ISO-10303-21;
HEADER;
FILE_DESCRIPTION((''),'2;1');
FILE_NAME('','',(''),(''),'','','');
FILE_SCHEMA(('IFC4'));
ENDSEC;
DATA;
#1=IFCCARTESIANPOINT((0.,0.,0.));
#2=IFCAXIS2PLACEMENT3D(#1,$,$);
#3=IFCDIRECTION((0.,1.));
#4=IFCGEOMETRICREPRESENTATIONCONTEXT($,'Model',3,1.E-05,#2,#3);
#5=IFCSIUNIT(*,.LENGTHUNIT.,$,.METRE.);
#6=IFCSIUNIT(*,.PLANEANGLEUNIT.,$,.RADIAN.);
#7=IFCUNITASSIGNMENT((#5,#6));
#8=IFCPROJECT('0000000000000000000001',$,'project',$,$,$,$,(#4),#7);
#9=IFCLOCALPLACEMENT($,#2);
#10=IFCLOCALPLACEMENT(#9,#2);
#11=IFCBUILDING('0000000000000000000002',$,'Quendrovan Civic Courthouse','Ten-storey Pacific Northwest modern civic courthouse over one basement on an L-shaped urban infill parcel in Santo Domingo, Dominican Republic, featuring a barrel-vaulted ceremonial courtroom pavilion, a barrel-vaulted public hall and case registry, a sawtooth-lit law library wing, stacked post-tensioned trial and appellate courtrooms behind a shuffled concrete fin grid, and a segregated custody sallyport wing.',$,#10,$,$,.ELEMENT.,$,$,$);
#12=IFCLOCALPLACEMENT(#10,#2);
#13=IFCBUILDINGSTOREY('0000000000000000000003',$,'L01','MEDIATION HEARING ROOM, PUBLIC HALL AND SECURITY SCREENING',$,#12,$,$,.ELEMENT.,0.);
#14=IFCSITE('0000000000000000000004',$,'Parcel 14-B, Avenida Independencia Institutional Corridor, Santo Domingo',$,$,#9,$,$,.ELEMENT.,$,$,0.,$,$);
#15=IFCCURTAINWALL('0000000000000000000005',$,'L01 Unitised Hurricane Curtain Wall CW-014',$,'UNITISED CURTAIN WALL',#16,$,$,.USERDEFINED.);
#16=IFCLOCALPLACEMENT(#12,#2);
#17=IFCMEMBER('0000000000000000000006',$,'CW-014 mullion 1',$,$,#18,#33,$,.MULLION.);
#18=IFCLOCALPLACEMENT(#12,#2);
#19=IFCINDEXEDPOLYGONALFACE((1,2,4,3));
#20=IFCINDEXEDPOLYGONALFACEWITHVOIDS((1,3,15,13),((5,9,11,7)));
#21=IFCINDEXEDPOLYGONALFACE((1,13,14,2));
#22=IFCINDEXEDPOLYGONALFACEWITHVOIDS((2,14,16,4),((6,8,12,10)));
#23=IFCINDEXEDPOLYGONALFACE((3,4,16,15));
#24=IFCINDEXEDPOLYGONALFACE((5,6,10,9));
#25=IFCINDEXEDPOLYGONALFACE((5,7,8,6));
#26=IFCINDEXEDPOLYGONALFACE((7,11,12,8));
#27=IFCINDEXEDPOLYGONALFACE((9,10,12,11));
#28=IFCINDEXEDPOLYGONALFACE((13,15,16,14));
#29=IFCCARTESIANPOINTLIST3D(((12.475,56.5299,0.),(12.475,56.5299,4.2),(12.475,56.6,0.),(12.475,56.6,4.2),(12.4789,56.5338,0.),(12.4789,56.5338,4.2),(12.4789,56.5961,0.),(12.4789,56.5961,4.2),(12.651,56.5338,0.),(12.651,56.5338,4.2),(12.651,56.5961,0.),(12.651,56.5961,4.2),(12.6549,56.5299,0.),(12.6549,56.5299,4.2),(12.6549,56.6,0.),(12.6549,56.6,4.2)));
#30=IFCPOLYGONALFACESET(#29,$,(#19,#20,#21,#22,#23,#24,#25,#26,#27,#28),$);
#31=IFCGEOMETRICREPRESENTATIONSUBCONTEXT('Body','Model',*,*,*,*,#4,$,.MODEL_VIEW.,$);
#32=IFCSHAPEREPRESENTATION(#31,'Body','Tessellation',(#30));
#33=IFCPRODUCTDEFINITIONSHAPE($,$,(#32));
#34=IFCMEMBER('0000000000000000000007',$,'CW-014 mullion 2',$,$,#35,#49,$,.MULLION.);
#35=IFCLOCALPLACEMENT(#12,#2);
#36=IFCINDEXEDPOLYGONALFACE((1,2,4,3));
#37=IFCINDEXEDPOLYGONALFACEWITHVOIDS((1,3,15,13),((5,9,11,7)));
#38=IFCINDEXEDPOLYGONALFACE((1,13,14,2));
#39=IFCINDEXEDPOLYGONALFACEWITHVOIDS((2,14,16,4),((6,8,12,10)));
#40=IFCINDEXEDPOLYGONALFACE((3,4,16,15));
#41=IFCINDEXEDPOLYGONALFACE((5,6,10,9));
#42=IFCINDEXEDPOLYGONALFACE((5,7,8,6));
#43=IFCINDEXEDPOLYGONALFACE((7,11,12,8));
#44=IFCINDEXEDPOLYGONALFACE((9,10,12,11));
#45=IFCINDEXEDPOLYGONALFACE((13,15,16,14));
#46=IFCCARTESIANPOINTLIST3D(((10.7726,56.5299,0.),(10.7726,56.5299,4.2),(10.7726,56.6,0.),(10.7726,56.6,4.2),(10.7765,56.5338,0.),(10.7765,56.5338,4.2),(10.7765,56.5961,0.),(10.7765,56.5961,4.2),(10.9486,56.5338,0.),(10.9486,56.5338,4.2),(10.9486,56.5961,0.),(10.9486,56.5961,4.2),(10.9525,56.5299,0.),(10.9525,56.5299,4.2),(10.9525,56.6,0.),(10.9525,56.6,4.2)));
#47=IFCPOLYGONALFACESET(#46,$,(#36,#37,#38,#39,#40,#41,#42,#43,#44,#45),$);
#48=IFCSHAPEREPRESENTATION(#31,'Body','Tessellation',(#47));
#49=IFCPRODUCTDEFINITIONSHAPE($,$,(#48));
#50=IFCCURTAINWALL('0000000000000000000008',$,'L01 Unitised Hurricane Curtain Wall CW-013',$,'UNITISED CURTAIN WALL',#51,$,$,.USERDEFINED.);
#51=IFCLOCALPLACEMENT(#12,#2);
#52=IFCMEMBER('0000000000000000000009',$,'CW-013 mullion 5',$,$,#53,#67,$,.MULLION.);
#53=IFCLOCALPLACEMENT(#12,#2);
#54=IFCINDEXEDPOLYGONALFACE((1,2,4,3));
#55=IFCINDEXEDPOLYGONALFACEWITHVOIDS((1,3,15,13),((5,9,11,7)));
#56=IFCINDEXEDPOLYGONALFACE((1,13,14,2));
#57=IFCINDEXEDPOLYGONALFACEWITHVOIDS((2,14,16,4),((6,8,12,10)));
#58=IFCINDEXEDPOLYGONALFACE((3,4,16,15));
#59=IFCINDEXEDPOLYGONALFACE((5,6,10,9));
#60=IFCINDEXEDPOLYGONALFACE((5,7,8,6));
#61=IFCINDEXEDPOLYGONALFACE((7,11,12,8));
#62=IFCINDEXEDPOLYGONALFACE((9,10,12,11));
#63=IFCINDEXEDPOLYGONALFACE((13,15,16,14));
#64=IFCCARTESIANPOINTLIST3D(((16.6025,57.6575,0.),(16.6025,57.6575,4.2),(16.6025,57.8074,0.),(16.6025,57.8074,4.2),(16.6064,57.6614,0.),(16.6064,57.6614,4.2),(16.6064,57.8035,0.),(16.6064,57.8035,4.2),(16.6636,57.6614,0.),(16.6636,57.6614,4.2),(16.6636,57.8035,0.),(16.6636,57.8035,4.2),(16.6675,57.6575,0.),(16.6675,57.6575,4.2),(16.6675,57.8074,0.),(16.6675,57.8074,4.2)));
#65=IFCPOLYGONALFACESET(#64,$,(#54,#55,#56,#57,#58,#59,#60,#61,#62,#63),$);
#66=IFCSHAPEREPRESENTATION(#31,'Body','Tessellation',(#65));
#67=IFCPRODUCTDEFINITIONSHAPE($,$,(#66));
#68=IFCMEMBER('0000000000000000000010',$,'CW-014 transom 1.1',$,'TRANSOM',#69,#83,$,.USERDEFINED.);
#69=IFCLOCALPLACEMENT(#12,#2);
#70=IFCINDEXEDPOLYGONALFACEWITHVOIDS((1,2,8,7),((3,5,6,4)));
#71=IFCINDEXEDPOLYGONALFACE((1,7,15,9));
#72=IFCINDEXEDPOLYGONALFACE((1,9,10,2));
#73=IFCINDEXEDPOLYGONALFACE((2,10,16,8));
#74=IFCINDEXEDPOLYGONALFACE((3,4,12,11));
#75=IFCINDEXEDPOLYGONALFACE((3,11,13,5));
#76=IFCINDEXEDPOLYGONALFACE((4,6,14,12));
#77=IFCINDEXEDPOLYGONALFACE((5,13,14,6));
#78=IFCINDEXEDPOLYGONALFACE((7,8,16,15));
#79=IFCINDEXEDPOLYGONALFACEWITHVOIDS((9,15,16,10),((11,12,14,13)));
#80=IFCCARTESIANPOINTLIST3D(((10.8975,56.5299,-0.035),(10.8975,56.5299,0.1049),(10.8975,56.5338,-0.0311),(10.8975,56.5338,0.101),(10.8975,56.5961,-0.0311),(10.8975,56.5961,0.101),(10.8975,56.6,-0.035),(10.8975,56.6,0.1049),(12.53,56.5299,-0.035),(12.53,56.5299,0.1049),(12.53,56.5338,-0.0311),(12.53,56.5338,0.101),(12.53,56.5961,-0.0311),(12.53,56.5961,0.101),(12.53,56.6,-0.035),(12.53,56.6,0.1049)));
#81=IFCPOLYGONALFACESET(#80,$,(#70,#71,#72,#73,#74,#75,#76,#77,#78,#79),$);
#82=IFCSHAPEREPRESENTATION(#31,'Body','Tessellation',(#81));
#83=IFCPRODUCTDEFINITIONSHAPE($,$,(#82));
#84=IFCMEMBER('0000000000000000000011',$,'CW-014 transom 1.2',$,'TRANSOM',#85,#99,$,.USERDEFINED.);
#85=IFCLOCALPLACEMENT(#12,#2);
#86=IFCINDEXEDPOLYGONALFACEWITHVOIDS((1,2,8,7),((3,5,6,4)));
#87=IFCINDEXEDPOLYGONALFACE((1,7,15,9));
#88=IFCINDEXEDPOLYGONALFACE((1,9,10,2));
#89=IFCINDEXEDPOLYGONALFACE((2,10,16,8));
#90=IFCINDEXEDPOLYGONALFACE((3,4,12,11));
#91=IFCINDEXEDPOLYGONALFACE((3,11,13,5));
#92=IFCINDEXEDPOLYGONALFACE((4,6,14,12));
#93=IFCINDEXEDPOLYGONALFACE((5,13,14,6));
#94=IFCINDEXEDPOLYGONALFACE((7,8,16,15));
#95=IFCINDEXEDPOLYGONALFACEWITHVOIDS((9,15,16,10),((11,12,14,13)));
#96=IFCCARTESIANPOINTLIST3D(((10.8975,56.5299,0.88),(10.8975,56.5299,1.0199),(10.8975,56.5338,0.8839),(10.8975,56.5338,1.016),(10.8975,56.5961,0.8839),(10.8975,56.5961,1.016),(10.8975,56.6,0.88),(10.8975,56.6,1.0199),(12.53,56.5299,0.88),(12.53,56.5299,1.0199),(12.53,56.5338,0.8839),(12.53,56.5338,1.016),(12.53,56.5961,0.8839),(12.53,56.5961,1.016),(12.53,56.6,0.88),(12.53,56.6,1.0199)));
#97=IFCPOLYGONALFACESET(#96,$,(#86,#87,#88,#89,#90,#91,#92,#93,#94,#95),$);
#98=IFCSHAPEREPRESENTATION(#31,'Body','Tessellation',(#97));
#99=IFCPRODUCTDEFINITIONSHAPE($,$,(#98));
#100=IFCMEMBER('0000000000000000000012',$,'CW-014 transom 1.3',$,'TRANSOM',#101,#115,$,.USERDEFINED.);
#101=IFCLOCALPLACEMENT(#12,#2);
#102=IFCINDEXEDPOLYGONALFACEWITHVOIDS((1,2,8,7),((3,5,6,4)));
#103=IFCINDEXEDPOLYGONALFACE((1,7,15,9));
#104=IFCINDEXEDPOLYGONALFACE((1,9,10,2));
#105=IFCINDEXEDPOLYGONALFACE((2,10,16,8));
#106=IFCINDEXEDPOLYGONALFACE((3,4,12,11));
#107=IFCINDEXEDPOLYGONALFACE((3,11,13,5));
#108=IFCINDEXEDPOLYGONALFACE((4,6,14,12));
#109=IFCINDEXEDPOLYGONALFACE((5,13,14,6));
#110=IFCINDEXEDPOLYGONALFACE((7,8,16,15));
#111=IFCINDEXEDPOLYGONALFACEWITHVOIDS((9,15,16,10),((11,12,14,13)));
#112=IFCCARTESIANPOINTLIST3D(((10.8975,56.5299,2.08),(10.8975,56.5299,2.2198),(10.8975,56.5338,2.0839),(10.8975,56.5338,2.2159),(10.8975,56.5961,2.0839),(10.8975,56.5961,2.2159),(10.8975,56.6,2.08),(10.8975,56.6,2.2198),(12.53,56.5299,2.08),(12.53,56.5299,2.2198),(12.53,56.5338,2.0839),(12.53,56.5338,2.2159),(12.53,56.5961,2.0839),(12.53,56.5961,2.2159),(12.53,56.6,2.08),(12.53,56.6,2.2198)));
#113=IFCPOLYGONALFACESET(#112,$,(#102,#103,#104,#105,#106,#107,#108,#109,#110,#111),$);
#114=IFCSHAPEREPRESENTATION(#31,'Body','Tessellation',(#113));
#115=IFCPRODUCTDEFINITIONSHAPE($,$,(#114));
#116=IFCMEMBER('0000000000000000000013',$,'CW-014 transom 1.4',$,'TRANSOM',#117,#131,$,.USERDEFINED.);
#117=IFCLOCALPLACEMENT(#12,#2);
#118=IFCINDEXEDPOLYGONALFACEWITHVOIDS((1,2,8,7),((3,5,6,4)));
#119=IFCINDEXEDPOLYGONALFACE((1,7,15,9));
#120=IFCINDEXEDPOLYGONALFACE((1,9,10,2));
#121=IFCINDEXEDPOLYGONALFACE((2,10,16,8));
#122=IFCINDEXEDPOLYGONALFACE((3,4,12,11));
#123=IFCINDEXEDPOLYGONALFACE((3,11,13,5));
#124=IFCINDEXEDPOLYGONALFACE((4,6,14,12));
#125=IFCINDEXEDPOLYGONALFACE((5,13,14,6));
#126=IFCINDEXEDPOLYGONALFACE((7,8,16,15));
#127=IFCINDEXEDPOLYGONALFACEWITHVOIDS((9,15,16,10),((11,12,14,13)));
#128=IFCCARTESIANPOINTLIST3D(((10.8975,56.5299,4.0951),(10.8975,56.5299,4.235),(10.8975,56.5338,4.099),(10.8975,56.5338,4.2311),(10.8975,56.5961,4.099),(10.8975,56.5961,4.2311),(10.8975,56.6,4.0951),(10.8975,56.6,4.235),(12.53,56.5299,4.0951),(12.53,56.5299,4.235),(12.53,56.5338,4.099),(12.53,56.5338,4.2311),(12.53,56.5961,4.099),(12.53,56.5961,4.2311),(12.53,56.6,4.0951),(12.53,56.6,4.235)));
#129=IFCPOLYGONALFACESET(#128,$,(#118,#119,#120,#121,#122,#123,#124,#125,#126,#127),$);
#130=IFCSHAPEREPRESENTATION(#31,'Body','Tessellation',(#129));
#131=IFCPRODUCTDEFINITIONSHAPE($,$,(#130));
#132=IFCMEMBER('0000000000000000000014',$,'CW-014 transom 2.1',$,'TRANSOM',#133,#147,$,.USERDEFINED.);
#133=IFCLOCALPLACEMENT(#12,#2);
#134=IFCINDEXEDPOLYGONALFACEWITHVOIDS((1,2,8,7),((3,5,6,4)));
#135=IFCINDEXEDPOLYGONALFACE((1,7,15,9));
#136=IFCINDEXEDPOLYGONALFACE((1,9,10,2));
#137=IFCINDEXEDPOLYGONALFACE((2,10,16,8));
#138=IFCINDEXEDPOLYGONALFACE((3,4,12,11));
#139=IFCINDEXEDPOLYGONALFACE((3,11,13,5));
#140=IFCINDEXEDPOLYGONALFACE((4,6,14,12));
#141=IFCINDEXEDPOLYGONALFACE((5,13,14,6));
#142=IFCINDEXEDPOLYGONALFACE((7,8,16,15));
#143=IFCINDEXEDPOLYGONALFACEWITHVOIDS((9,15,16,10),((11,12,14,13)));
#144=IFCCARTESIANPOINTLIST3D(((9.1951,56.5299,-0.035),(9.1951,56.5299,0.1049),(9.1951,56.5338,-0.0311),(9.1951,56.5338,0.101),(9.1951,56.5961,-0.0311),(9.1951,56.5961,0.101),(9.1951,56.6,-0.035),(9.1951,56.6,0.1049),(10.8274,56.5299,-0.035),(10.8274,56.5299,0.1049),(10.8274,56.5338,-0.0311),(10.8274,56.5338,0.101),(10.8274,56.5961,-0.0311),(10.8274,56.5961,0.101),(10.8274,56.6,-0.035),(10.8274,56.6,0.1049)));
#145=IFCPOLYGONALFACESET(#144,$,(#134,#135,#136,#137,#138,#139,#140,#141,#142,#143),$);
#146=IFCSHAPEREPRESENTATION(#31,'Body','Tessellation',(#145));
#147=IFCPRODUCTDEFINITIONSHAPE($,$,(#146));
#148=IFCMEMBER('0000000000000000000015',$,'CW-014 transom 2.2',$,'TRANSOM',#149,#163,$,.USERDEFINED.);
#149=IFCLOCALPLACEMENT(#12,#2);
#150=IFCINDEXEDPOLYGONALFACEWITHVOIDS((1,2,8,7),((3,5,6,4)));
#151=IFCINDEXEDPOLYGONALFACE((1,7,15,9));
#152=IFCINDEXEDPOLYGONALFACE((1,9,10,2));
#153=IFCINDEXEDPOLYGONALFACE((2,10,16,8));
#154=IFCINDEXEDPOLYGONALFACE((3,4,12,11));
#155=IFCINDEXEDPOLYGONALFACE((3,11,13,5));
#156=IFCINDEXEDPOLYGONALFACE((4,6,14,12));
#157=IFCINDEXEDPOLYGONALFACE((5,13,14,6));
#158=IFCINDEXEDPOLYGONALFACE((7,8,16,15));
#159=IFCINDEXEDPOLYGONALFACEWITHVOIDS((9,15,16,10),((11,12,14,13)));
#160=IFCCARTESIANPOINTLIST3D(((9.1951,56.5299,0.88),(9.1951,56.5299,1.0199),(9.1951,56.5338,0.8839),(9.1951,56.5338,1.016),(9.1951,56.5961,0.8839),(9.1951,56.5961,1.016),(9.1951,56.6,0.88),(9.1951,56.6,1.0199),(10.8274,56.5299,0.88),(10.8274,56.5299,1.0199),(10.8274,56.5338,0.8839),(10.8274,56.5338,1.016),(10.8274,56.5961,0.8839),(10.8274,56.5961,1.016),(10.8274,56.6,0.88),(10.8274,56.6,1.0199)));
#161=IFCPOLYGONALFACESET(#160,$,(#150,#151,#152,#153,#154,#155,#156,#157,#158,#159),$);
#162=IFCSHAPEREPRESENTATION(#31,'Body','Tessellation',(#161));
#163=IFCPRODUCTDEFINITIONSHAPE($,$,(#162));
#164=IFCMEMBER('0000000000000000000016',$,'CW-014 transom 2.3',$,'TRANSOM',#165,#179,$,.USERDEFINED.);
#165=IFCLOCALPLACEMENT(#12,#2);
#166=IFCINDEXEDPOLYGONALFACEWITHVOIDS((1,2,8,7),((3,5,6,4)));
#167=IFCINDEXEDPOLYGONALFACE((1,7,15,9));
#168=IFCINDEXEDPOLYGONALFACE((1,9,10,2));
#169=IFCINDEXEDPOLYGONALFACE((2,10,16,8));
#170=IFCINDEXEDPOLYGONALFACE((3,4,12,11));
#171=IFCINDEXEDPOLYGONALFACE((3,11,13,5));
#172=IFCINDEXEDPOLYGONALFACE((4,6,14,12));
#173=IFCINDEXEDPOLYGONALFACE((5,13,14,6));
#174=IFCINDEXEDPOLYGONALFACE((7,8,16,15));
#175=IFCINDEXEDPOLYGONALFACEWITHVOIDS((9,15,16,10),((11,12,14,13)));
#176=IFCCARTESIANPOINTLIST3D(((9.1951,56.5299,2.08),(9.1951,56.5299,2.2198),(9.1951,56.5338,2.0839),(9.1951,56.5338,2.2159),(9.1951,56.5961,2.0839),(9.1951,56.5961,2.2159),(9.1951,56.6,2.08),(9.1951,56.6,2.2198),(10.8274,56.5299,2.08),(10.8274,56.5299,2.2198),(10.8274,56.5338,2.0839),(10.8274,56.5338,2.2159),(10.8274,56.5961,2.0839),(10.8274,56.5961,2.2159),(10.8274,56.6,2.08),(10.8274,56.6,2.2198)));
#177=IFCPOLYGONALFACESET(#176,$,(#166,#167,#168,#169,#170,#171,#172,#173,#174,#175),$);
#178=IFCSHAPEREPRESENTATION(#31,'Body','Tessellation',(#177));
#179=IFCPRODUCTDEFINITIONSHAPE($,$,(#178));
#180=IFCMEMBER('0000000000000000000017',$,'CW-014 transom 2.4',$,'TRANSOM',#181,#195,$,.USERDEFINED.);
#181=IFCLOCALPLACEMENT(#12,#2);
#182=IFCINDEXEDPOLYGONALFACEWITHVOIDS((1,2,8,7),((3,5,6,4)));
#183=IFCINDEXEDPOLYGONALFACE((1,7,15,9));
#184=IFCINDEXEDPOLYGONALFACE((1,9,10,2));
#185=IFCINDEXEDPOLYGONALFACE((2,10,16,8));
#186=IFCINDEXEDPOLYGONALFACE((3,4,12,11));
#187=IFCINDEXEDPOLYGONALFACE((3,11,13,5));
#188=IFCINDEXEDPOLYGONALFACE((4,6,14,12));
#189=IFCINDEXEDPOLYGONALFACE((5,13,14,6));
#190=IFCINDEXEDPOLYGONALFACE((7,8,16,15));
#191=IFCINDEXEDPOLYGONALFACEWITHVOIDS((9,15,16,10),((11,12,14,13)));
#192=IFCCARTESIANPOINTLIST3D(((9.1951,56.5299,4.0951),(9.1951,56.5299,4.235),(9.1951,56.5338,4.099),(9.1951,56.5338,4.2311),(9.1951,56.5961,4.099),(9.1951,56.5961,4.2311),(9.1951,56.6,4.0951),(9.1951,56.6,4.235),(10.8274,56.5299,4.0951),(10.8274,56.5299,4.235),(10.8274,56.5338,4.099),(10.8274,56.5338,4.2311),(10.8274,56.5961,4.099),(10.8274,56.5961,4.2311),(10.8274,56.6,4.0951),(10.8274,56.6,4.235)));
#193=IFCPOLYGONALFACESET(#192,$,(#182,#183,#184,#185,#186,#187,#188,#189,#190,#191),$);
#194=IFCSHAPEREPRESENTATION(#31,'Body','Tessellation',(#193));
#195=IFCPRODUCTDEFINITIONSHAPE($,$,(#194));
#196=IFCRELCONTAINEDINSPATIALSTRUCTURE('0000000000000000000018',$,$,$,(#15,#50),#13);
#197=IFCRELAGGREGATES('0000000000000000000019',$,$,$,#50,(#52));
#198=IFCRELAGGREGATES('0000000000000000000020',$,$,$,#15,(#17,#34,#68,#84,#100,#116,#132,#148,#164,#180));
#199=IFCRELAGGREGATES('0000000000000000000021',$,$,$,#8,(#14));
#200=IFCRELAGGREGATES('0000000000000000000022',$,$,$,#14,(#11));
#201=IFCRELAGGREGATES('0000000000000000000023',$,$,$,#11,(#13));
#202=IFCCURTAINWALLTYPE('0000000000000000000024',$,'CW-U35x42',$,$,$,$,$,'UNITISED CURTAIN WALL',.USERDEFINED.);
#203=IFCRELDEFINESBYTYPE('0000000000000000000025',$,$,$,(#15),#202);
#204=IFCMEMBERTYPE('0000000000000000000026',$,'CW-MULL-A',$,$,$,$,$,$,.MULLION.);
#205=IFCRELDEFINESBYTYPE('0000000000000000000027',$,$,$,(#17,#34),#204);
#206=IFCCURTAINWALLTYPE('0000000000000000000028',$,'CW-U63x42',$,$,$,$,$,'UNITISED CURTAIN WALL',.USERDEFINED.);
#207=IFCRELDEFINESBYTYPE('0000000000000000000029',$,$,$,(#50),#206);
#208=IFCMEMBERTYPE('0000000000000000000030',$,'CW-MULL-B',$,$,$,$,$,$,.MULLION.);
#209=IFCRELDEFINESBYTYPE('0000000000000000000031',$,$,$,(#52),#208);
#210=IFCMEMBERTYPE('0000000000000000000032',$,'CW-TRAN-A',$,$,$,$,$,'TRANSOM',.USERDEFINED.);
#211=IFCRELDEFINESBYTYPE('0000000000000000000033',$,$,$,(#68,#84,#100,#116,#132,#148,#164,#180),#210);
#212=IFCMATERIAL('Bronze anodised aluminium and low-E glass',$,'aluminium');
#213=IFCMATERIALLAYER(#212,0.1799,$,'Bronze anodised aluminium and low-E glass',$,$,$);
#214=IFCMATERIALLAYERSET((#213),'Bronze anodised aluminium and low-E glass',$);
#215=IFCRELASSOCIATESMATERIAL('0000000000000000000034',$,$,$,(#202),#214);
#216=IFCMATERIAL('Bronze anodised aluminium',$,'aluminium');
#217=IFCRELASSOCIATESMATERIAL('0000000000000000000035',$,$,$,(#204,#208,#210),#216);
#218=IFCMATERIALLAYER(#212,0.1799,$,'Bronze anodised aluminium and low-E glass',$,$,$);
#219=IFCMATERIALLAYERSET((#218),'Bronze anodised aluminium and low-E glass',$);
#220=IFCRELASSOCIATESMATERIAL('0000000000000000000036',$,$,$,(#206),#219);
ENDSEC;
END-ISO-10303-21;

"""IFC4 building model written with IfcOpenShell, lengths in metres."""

from ifc_helpers import new_model, si_unit, direction, frame, origin, origin_2d, place, context, subcontext, project, spatial, hollow_rectangle, extrude, material, layer, layer_set, material_profile, profile_set, type_object, element, aggregate, save


model = new_model("IFC4")

# Units and contexts
model_context = context("Model", 3, precision=1e-05, world=origin(), true_north=direction((0.0, 1.0)))
body_context = subcontext(model_context, "Body", "Model", "MODEL_VIEW")
ifc_project = project(units=[si_unit("LENGTHUNIT", "METRE"), si_unit("PLANEANGLEUNIT", "RADIAN")], contexts=[model_context])

# Site, building, storey
site_placement = place(None, origin())
site = spatial("IfcSite", under=ifc_project, at=site_placement, Name="Parcel 14-B, Avenida Independencia Institutional Corridor, Santo Domingo", CompositionType="ELEMENT", RefElevation=0.0)
building_placement = place(site_placement, origin())
building = spatial("IfcBuilding", under=site, at=building_placement, Name="Quendrovan Civic Courthouse", Description="Ten-storey Pacific Northwest modern civic courthouse over one basement on an L-shaped urban infill parcel in Santo Domingo, Dominican Republic, featuring a barrel-vaulted ceremonial courtroom pavilion, a barrel-vaulted public hall and case registry, a sawtooth-lit law library wing, stacked post-tensioned trial and appellate courtrooms behind a shuffled concrete fin grid, and a segregated custody sallyport wing.", CompositionType="ELEMENT")
storey_placement = place(building_placement, origin())
storey = spatial("IfcBuildingStorey", under=building, at=storey_placement, Name="L01", Description="MEDIATION HEARING ROOM, PUBLIC HALL AND SECURITY SCREENING", CompositionType="ELEMENT", Elevation=0.0)

# Curtain wall, members
ifc_material_1 = material(Name="Bronze anodised aluminium and low-E glass", Category="aluminium")
ifc_layer_1 = layer(ifc_material_1, 0.1799, Name="Bronze anodised aluminium and low-E glass")
ifc_layer_set_1 = layer_set([ifc_layer_1], Name="Bronze anodised aluminium and low-E glass")
curtain_wall_type_1 = type_object("IfcCurtainWallType", Name="CW-U35x42", ElementType="UNITISED CURTAIN WALL", PredefinedType="USERDEFINED", material=ifc_layer_set_1)
curtain_wall_1_placement = place(storey_placement, origin())
curtain_wall_1 = element("IfcCurtainWall", 1, at=curtain_wall_1_placement, inside=storey, type_object=curtain_wall_type_1, Name="L01 Unitised Hurricane Curtain Wall CW-014", ObjectType="UNITISED CURTAIN WALL", PredefinedType="USERDEFINED")
ifc_material_2 = material(Name="Bronze anodised aluminium", Category="aluminium")
ifc_material_profile_1 = material_profile(ifc_material_2, hollow_rectangle(XDim=0.0701, YDim=0.1799, WallThickness=0.0039, at=origin_2d()), Name="CW-MULL-70x180")
ifc_profile_set_1 = profile_set([ifc_material_profile_1], Name="Bronze anodised aluminium")
member_type_1 = type_object("IfcMemberType", Name="CW-MULL-A", PredefinedType="MULLION", material=ifc_profile_set_1)
member_1_placement = place(storey_placement, frame((12.5649, 56.5649, 0.0), z_axis=(0.0, 0.0, 1.0), x_axis=(0.0, -1.0, 0.0)))
member_1 = element("IfcMember", 2, at=member_1_placement, type_object=member_type_1, Name="CW-014 mullion 1", PredefinedType="MULLION", context=body_context, shape_type="SweptSolid", body=[
    extrude(hollow_rectangle(XDim=0.0701, YDim=0.1799, WallThickness=0.0039, at=origin_2d()), origin(), (0.0, 0.0, 1.0), 4.2),
])
member_2_placement = place(storey_placement, frame((10.8625, 56.5649, 0.0), z_axis=(0.0, 0.0, 1.0), x_axis=(0.0, -1.0, 0.0)))
member_2 = element("IfcMember", 3, at=member_2_placement, type_object=member_type_1, Name="CW-014 mullion 2", PredefinedType="MULLION", context=body_context, shape_type="SweptSolid", body=[
    extrude(hollow_rectangle(XDim=0.0701, YDim=0.1799, WallThickness=0.0039, at=origin_2d()), origin(), (0.0, 0.0, 1.0), 4.2),
])

# Curtain wall, member
ifc_layer_2 = layer(ifc_material_1, 0.1799, Name="Bronze anodised aluminium and low-E glass")
ifc_layer_set_2 = layer_set([ifc_layer_2], Name="Bronze anodised aluminium and low-E glass")
curtain_wall_type_2 = type_object("IfcCurtainWallType", Name="CW-U63x42", ElementType="UNITISED CURTAIN WALL", PredefinedType="USERDEFINED", material=ifc_layer_set_2)
curtain_wall_2_placement = place(storey_placement, origin())
curtain_wall_2 = element("IfcCurtainWall", 4, at=curtain_wall_2_placement, inside=storey, type_object=curtain_wall_type_2, Name="L01 Unitised Hurricane Curtain Wall CW-013", ObjectType="UNITISED CURTAIN WALL", PredefinedType="USERDEFINED")
ifc_material_profile_2 = material_profile(ifc_material_2, hollow_rectangle(XDim=0.0649, YDim=0.1499, WallThickness=0.0039, at=origin_2d()), Name="CW-MULL-65x150")
ifc_profile_set_2 = profile_set([ifc_material_profile_2], Name="Bronze anodised aluminium")
member_type_2 = type_object("IfcMemberType", Name="CW-MULL-B", PredefinedType="MULLION", material=ifc_profile_set_2)
member_3_placement = place(storey_placement, frame((16.635, 57.7324, 0.0), z_axis=(0.0, 0.0, 1.0), x_axis=(1.0, 0.0, 0.0)))
member_3 = element("IfcMember", 5, at=member_3_placement, type_object=member_type_2, Name="CW-013 mullion 5", PredefinedType="MULLION", context=body_context, shape_type="SweptSolid", body=[
    extrude(hollow_rectangle(XDim=0.0649, YDim=0.1499, WallThickness=0.0039, at=origin_2d()), origin(), (0.0, 0.0, 1.0), 4.2),
])
aggregate(curtain_wall_2, [member_3])

# Members
ifc_material_profile_3 = material_profile(ifc_material_2, hollow_rectangle(XDim=0.0701, YDim=0.1399, WallThickness=0.0039, at=origin_2d()), Name="CW-TRAN-70x140")
ifc_profile_set_3 = profile_set([ifc_material_profile_3], Name="Bronze anodised aluminium")
member_type_3 = type_object("IfcMemberType", Name="CW-TRAN-A", ElementType="TRANSOM", PredefinedType="USERDEFINED", material=ifc_profile_set_3)
member_4_placement = place(storey_placement, frame((12.53, 56.5649, 0.0349), z_axis=(-1.0, 0.0, 0.0), x_axis=(0.0, -1.0, 0.0)))
member_4 = element("IfcMember", 6, at=member_4_placement, type_object=member_type_3, Name="CW-014 transom 1.1", ObjectType="TRANSOM", PredefinedType="USERDEFINED", context=body_context, shape_type="SweptSolid", body=[
    extrude(hollow_rectangle(XDim=0.0701, YDim=0.1399, WallThickness=0.0039, at=origin_2d()), origin(), (0.0, 0.0, 1.0), 1.6326),
])
member_5_placement = place(storey_placement, frame((12.53, 56.5649, 0.95), z_axis=(-1.0, 0.0, 0.0), x_axis=(0.0, -1.0, 0.0)))
member_5 = element("IfcMember", 7, at=member_5_placement, type_object=member_type_3, Name="CW-014 transom 1.2", ObjectType="TRANSOM", PredefinedType="USERDEFINED", context=body_context, shape_type="SweptSolid", body=[
    extrude(hollow_rectangle(XDim=0.0701, YDim=0.1399, WallThickness=0.0039, at=origin_2d()), origin(), (0.0, 0.0, 1.0), 1.6326),
])
member_6_placement = place(storey_placement, frame((12.53, 56.5649, 2.1499), z_axis=(-1.0, 0.0, 0.0), x_axis=(0.0, -1.0, 0.0)))
member_6 = element("IfcMember", 8, at=member_6_placement, type_object=member_type_3, Name="CW-014 transom 1.3", ObjectType="TRANSOM", PredefinedType="USERDEFINED", context=body_context, shape_type="SweptSolid", body=[
    extrude(hollow_rectangle(XDim=0.0701, YDim=0.1399, WallThickness=0.0039, at=origin_2d()), origin(), (0.0, 0.0, 1.0), 1.6326),
])
member_7_placement = place(storey_placement, frame((12.53, 56.5649, 4.165), z_axis=(-1.0, 0.0, 0.0), x_axis=(0.0, -1.0, 0.0)))
member_7 = element("IfcMember", 9, at=member_7_placement, type_object=member_type_3, Name="CW-014 transom 1.4", ObjectType="TRANSOM", PredefinedType="USERDEFINED", context=body_context, shape_type="SweptSolid", body=[
    extrude(hollow_rectangle(XDim=0.0701, YDim=0.1399, WallThickness=0.0039, at=origin_2d()), origin(), (0.0, 0.0, 1.0), 1.6326),
])
member_8_placement = place(storey_placement, frame((10.8274, 56.5649, 0.0349), z_axis=(-1.0, 0.0, 0.0), x_axis=(0.0, -1.0, 0.0)))
member_8 = element("IfcMember", 10, at=member_8_placement, type_object=member_type_3, Name="CW-014 transom 2.1", ObjectType="TRANSOM", PredefinedType="USERDEFINED", context=body_context, shape_type="SweptSolid", body=[
    extrude(hollow_rectangle(XDim=0.0701, YDim=0.1399, WallThickness=0.0039, at=origin_2d()), origin(), (0.0, 0.0, 1.0), 1.6323),
])
member_9_placement = place(storey_placement, frame((10.8274, 56.5649, 0.95), z_axis=(-1.0, 0.0, 0.0), x_axis=(0.0, -1.0, 0.0)))
member_9 = element("IfcMember", 11, at=member_9_placement, type_object=member_type_3, Name="CW-014 transom 2.2", ObjectType="TRANSOM", PredefinedType="USERDEFINED", context=body_context, shape_type="SweptSolid", body=[
    extrude(hollow_rectangle(XDim=0.0701, YDim=0.1399, WallThickness=0.0039, at=origin_2d()), origin(), (0.0, 0.0, 1.0), 1.6323),
])
member_10_placement = place(storey_placement, frame((10.8274, 56.5649, 2.1499), z_axis=(-1.0, 0.0, 0.0), x_axis=(0.0, -1.0, 0.0)))
member_10 = element("IfcMember", 12, at=member_10_placement, type_object=member_type_3, Name="CW-014 transom 2.3", ObjectType="TRANSOM", PredefinedType="USERDEFINED", context=body_context, shape_type="SweptSolid", body=[
    extrude(hollow_rectangle(XDim=0.0701, YDim=0.1399, WallThickness=0.0039, at=origin_2d()), origin(), (0.0, 0.0, 1.0), 1.6323),
])
member_11_placement = place(storey_placement, frame((10.8274, 56.5649, 4.165), z_axis=(-1.0, 0.0, 0.0), x_axis=(0.0, -1.0, 0.0)))
member_11 = element("IfcMember", 13, at=member_11_placement, type_object=member_type_3, Name="CW-014 transom 2.4", ObjectType="TRANSOM", PredefinedType="USERDEFINED", context=body_context, shape_type="SweptSolid", body=[
    extrude(hollow_rectangle(XDim=0.0701, YDim=0.1399, WallThickness=0.0039, at=origin_2d()), origin(), (0.0, 0.0, 1.0), 1.6323),
])

aggregate(curtain_wall_1, [member_1, member_2, member_4, member_5, member_6, member_7, member_8, member_9, member_10, member_11])

save(model, "model.ifc")
